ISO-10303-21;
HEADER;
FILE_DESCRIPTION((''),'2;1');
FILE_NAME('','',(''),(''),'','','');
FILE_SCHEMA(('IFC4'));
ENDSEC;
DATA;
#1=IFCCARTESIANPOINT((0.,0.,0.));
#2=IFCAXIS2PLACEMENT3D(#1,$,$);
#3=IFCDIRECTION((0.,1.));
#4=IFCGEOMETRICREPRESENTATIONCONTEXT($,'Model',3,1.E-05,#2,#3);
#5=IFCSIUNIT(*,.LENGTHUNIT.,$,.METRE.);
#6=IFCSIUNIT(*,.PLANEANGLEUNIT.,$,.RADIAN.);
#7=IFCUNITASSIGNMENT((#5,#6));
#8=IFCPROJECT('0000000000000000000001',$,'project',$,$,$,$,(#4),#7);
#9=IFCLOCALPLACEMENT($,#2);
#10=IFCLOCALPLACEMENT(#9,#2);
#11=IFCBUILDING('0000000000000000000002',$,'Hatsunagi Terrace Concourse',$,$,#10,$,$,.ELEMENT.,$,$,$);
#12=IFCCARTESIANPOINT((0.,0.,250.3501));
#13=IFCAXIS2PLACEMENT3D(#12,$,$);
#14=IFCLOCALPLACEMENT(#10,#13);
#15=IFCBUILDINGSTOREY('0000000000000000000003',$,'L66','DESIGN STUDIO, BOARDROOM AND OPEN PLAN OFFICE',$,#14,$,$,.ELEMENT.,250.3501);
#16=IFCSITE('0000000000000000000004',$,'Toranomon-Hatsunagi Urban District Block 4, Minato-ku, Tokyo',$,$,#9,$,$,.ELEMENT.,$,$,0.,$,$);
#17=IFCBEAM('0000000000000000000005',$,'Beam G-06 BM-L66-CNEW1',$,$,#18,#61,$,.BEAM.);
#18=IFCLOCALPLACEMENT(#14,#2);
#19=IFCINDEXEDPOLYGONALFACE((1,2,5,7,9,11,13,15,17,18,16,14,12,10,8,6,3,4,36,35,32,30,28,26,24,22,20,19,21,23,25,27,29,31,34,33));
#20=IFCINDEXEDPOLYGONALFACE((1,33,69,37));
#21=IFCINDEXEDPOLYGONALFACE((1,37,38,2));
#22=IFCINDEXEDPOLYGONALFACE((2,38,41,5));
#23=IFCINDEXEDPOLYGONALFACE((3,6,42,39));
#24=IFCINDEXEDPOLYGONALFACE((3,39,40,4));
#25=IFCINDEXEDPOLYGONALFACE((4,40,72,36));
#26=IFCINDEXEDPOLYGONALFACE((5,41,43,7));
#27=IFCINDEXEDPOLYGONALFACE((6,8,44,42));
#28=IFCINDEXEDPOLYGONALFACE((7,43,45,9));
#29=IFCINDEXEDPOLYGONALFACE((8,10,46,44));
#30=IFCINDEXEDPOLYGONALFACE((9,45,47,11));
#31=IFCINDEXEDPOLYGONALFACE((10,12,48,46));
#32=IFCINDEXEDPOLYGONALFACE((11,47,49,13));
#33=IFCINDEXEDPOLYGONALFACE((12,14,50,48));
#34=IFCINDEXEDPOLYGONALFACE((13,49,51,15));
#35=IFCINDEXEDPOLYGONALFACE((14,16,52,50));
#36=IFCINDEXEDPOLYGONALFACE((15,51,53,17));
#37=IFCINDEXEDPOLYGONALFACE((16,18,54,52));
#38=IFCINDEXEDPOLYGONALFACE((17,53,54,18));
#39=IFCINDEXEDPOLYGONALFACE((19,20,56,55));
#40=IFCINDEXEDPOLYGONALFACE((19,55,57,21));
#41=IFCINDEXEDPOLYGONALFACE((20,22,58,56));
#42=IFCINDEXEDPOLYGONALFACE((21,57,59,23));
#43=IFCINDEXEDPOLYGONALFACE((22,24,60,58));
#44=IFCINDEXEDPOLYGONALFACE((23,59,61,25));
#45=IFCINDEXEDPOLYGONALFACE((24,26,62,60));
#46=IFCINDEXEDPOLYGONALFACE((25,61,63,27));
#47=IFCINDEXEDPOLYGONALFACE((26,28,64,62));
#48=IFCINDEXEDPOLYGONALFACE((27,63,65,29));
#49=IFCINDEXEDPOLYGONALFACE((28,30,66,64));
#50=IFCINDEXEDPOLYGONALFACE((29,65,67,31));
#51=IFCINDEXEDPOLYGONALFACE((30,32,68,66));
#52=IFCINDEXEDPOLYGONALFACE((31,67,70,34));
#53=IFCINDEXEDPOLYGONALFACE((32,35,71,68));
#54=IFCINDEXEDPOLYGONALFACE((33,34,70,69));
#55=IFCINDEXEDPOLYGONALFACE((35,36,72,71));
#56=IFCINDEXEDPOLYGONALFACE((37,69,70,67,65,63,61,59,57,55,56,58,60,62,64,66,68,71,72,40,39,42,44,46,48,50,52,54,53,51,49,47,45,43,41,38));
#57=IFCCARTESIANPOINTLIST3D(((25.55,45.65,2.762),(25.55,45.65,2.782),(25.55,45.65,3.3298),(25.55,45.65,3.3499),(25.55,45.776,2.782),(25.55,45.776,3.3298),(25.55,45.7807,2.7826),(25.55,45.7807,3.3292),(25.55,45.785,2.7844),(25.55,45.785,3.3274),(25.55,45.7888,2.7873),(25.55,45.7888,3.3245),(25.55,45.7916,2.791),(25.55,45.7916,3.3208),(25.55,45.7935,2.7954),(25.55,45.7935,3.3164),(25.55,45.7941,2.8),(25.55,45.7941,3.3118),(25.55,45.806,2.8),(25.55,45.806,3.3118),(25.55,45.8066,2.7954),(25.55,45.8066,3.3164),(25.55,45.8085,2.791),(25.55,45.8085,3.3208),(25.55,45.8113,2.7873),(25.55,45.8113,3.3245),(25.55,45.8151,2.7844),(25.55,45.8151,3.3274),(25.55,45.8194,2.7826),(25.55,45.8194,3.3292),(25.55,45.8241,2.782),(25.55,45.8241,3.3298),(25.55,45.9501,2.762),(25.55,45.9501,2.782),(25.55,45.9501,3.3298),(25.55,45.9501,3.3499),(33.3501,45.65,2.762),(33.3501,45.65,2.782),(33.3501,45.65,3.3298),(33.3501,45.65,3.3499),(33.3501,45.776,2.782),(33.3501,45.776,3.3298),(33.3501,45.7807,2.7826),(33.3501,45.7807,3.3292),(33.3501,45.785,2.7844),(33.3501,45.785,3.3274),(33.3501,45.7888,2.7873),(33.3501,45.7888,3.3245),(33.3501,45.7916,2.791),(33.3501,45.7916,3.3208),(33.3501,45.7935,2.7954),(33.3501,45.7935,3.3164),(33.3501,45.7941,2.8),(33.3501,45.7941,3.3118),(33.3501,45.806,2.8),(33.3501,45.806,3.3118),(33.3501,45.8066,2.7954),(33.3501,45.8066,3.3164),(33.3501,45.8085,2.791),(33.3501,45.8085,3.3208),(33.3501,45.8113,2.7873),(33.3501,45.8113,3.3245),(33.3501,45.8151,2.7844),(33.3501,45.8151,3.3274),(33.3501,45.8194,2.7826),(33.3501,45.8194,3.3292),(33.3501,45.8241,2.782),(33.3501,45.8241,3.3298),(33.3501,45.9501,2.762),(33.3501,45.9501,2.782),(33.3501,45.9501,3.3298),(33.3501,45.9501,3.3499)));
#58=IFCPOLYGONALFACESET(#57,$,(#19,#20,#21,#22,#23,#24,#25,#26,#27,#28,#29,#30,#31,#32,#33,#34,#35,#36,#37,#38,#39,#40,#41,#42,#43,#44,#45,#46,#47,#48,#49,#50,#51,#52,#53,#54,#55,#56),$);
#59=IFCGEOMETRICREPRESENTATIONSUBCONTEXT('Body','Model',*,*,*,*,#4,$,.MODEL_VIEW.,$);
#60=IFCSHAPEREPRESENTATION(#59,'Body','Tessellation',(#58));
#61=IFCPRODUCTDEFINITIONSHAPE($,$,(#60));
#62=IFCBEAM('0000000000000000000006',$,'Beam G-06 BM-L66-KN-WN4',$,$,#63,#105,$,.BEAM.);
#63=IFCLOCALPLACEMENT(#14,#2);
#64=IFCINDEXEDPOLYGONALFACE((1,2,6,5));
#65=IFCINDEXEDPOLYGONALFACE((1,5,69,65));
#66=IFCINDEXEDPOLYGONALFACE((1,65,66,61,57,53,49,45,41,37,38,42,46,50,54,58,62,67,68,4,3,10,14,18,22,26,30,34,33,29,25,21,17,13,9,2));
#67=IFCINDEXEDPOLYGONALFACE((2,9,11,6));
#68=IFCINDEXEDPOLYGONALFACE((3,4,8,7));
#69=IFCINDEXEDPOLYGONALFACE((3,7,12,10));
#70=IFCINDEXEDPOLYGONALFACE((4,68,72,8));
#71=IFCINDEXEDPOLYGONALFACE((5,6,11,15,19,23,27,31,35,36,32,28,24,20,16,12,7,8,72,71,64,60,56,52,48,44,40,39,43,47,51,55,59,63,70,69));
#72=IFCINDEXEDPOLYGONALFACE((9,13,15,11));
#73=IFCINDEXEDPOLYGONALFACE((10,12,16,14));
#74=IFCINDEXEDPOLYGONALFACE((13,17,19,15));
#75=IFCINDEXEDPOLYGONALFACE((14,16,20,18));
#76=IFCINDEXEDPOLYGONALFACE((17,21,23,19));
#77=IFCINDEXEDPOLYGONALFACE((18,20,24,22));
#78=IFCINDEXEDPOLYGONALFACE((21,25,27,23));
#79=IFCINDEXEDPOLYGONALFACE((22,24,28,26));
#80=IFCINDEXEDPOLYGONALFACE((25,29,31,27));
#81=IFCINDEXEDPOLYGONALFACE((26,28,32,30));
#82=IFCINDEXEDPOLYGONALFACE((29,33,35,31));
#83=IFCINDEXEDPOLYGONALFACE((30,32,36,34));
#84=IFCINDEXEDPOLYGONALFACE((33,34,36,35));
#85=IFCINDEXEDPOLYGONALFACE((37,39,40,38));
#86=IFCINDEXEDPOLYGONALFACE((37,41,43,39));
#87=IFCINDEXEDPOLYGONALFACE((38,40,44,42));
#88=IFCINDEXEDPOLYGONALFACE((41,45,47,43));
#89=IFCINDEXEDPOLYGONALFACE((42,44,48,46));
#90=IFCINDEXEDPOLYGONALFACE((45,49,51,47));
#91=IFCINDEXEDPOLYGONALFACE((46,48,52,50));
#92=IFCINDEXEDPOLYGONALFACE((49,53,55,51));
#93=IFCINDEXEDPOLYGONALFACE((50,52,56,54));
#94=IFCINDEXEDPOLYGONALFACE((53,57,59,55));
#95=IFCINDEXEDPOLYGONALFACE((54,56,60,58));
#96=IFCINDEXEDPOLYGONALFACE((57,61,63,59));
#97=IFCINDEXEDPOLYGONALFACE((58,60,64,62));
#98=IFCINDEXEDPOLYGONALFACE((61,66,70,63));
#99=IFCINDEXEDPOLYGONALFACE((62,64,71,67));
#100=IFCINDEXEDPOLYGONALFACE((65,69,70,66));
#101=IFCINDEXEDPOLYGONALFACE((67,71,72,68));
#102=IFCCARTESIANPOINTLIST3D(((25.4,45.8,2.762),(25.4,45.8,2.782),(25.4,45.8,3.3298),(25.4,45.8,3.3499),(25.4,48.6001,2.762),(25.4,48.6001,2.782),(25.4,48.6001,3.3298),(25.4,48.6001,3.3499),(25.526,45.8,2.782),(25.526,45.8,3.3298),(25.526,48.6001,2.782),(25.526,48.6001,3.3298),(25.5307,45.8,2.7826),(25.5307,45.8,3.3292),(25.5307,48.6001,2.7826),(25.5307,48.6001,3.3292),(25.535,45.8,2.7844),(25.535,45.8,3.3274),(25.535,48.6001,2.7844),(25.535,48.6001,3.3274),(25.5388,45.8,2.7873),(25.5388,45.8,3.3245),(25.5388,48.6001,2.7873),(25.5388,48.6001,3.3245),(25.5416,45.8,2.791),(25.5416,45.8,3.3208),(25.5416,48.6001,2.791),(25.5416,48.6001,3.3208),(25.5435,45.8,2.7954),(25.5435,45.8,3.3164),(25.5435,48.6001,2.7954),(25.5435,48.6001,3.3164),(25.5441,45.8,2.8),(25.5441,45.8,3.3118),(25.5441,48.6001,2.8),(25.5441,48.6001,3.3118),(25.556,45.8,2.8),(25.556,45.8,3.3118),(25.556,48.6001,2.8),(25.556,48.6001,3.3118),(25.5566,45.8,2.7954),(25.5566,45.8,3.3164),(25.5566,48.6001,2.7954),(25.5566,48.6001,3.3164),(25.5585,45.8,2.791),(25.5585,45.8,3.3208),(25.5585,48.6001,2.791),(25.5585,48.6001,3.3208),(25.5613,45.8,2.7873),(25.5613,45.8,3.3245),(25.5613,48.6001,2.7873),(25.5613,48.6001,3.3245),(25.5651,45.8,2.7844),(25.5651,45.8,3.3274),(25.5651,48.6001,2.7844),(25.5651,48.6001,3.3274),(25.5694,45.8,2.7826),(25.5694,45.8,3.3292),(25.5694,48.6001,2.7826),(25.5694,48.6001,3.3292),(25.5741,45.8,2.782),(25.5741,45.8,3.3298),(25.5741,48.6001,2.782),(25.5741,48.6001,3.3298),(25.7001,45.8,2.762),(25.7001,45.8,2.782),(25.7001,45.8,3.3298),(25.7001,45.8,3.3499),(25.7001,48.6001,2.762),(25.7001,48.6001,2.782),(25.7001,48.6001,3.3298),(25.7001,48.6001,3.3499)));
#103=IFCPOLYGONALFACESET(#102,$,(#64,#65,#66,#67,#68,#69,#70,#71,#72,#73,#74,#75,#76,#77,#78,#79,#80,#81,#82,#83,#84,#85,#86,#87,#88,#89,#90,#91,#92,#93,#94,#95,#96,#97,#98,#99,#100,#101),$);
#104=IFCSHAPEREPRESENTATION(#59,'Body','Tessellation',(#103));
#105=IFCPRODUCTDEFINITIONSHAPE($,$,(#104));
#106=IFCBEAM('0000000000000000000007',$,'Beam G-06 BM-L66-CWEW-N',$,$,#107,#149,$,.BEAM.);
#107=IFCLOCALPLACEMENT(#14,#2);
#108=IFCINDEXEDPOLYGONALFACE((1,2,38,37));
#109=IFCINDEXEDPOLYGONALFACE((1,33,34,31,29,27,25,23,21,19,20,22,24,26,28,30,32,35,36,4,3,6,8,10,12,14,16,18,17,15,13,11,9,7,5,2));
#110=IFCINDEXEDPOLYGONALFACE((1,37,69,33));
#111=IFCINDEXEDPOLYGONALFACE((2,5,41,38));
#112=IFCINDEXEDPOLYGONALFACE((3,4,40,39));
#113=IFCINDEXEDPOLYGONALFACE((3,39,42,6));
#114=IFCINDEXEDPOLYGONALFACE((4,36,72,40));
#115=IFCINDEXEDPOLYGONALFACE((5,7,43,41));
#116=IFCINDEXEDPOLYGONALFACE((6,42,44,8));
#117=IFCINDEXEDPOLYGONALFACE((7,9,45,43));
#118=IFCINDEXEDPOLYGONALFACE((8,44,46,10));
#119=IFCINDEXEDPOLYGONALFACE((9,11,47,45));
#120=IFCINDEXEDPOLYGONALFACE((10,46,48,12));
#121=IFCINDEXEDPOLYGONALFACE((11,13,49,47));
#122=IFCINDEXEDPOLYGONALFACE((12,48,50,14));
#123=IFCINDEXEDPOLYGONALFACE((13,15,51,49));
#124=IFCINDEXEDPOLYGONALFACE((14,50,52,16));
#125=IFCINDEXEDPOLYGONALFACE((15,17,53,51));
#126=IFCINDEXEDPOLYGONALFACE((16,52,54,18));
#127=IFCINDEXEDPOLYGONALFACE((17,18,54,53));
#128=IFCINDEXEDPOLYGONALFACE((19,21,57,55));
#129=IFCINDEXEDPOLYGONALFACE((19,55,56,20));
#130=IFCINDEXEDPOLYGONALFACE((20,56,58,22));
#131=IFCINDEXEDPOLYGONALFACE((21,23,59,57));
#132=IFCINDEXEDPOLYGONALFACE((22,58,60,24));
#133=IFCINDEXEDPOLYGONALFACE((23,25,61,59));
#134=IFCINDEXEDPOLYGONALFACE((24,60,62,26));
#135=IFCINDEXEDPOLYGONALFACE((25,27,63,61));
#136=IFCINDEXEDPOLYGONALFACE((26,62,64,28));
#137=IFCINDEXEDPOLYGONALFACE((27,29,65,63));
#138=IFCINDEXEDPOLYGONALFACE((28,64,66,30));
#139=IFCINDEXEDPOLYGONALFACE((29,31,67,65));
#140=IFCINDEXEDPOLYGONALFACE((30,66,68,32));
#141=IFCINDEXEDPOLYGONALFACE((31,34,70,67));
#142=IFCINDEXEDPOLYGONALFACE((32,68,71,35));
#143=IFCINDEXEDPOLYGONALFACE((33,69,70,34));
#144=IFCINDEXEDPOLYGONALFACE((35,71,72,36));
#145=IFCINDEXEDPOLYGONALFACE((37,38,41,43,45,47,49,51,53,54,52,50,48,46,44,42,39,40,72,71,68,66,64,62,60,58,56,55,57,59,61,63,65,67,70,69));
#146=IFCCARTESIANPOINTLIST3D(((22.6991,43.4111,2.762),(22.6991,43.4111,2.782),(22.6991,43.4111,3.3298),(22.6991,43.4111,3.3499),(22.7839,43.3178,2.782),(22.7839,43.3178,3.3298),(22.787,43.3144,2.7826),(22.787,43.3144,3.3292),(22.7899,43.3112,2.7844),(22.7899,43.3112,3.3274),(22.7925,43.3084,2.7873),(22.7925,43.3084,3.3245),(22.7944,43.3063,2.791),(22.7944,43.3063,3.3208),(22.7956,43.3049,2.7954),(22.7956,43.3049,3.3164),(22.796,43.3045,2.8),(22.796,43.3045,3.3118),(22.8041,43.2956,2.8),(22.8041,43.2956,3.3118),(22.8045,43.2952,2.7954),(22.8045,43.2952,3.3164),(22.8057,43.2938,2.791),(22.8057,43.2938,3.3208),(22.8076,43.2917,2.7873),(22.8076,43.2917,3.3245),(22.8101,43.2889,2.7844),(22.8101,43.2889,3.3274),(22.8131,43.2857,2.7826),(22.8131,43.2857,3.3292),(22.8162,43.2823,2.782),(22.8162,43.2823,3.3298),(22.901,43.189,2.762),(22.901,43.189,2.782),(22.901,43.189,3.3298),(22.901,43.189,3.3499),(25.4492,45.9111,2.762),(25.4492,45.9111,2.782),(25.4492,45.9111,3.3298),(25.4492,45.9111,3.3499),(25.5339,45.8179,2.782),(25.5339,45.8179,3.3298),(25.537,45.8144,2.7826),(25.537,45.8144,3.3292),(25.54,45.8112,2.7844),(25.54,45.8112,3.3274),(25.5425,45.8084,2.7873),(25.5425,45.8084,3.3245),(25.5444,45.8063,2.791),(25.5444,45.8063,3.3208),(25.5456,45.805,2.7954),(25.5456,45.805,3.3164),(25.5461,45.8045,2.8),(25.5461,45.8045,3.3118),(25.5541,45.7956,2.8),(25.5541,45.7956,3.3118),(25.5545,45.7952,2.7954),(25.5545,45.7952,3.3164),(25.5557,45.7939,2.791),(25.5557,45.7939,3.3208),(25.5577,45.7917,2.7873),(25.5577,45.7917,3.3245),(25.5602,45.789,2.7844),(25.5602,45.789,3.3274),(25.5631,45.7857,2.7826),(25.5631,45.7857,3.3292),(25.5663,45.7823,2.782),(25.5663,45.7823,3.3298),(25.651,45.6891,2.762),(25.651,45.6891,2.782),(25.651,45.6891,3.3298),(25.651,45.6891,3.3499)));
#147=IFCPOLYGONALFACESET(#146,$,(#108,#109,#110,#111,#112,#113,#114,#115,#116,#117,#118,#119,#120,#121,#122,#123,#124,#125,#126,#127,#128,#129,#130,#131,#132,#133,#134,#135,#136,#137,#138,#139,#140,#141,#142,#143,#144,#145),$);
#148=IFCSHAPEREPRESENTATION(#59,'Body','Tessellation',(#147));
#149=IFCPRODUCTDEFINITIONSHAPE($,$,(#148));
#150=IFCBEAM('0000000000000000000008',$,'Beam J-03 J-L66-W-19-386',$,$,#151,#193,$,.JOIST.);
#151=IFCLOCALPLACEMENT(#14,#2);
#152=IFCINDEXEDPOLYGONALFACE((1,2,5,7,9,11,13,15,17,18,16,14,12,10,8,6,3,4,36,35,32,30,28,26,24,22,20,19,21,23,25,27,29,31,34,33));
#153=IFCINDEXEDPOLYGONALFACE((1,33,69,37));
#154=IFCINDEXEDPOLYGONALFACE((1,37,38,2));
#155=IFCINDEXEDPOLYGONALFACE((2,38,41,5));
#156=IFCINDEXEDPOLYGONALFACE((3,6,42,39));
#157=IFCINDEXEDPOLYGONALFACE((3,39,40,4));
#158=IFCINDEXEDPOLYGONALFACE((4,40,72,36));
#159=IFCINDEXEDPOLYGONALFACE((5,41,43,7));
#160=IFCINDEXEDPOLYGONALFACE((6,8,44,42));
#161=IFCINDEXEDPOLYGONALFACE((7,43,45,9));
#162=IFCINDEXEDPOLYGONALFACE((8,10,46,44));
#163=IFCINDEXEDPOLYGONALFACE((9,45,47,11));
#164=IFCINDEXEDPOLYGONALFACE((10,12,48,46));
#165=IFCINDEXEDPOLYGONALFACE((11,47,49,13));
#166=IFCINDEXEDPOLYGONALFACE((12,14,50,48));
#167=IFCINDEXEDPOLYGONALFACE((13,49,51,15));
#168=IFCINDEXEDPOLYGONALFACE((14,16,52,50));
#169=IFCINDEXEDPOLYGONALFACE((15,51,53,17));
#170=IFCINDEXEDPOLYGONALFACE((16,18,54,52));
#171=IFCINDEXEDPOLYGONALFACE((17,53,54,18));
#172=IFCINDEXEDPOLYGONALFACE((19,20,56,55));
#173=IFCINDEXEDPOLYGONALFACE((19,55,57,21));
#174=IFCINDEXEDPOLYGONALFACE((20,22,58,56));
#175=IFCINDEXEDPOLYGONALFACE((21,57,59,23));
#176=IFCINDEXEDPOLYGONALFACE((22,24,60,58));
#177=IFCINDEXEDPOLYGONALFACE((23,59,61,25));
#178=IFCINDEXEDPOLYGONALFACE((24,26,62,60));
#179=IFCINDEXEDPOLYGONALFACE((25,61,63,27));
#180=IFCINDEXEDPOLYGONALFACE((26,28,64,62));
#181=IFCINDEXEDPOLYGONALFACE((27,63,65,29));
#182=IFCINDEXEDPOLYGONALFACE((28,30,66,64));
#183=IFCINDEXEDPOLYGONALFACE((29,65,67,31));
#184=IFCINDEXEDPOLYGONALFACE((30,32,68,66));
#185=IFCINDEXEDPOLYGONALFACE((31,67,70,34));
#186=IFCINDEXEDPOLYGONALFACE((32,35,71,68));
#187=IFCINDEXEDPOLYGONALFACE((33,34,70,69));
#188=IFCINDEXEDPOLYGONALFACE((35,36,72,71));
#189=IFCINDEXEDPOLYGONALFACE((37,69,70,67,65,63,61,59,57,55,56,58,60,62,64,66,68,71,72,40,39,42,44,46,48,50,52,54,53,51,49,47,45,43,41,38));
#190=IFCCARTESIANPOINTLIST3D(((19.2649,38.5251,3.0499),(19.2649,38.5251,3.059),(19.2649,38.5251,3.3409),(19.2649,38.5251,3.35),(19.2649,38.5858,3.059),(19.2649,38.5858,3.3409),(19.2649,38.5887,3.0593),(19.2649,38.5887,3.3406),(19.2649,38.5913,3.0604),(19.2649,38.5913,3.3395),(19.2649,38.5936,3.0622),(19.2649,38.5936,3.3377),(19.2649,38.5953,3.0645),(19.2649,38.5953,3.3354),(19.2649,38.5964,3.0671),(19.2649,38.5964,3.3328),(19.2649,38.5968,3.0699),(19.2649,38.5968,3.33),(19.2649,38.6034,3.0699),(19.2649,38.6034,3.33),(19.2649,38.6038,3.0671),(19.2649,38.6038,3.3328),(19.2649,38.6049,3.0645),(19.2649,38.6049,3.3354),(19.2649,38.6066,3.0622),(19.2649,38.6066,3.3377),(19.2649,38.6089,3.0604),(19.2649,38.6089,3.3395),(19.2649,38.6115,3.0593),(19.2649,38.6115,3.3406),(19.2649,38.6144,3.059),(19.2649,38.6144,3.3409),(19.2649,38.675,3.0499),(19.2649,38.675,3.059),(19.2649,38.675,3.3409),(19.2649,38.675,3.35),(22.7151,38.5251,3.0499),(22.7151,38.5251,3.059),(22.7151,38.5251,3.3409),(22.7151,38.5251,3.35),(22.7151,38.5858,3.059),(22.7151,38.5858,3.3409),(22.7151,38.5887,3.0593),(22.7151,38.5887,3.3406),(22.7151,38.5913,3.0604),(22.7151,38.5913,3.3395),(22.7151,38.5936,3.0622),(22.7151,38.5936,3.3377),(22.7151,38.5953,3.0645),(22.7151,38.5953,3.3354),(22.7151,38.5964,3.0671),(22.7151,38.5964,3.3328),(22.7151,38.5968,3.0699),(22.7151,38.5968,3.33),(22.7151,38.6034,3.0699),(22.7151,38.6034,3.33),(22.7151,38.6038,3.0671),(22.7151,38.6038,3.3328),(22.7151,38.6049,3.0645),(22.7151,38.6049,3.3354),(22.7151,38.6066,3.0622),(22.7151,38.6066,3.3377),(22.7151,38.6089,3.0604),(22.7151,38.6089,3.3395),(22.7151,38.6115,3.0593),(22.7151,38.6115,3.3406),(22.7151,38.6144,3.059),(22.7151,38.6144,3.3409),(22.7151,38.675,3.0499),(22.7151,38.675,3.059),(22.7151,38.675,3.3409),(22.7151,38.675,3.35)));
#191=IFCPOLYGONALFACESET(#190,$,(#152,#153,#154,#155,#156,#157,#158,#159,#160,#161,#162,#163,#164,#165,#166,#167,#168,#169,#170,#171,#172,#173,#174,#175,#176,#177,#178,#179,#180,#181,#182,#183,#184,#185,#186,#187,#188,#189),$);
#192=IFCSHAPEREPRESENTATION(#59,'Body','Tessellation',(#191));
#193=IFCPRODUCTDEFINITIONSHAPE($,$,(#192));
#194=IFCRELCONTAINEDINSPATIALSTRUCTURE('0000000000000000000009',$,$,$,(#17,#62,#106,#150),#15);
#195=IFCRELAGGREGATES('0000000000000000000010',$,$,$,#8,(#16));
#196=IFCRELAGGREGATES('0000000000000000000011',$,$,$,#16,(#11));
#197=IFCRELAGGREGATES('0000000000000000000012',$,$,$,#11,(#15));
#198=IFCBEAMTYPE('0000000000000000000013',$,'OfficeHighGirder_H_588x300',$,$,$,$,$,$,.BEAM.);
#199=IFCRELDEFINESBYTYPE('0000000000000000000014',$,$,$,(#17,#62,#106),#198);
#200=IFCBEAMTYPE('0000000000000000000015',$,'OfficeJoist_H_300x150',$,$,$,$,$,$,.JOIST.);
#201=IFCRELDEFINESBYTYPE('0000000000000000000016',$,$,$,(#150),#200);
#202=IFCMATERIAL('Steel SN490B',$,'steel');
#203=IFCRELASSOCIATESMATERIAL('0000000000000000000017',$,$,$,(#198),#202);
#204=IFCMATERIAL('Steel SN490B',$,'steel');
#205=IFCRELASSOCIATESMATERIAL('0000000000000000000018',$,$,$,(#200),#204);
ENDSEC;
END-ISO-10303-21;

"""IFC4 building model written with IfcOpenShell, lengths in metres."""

from ifc_helpers import new_model, si_unit, direction, frame, origin, origin_2d, place, context, subcontext, project, spatial, i_section, extrude, material, material_profile, profile_set, type_object, element, save


model = new_model("IFC4")

# Units and contexts
model_context = context("Model", 3, precision=1e-05, world=origin(), true_north=direction((0.0, 1.0)))
body_context = subcontext(model_context, "Body", "Model", "MODEL_VIEW")
ifc_project = project(units=[si_unit("LENGTHUNIT", "METRE"), si_unit("PLANEANGLEUNIT", "RADIAN")], contexts=[model_context])

# Site, building, storey
site_placement = place(None, origin())
site = spatial("IfcSite", under=ifc_project, at=site_placement, Name="Toranomon-Hatsunagi Urban District Block 4, Minato-ku, Tokyo", CompositionType="ELEMENT", RefElevation=0.0)
building_placement = place(site_placement, origin())
building = spatial("IfcBuilding", under=site, at=building_placement, Name="Hatsunagi Terrace Concourse", CompositionType="ELEMENT")
storey_placement = place(building_placement, frame((0.0, 0.0, 250.3501)))
storey = spatial("IfcBuildingStorey", under=building, at=storey_placement, Name="L66", Description="DESIGN STUDIO, BOARDROOM AND OPEN PLAN OFFICE", CompositionType="ELEMENT", Elevation=250.3501)

# Beams
ifc_material_1 = material(Name="Steel SN490B", Category="steel")
ifc_material_profile_1 = material_profile(ifc_material_1, i_section(OverallWidth=0.3, OverallDepth=0.5879, WebThickness=0.012, FlangeThickness=0.02, FilletRadius=0.0181, at=origin_2d()), Name="H-588x300x12x20")
ifc_profile_set_1 = profile_set([ifc_material_profile_1], Name="Steel SN490B")
beam_type_1 = type_object("IfcBeamType", Name="OfficeHighGirder_H_588x300", PredefinedType="BEAM", material=ifc_profile_set_1)
beam_1_placement = place(storey_placement, frame((25.55, 45.8, 3.0559), z_axis=(1.0, 0.0, 0.0), x_axis=(0.0, 1.0, 0.0)))
element("IfcBeam", 1, at=beam_1_placement, inside=storey, type_object=beam_type_1, Name="Beam G-06 BM-L66-CNEW1", PredefinedType="BEAM", context=body_context, shape_type="SweptSolid", body=[
    extrude(i_section(OverallWidth=0.3, OverallDepth=0.5879, WebThickness=0.012, FlangeThickness=0.02, FilletRadius=0.0181, at=origin_2d()), origin(), (0.0, 0.0, 1.0), 7.8),
])
beam_2_placement = place(storey_placement, frame((25.55, 45.8, 3.0559), z_axis=(0.0, 1.0, 0.0), x_axis=(-1.0, 0.0, 0.0)))
element("IfcBeam", 2, at=beam_2_placement, inside=storey, type_object=beam_type_1, Name="Beam G-06 BM-L66-KN-WN4", PredefinedType="BEAM", context=body_context, shape_type="SweptSolid", body=[
    extrude(i_section(OverallWidth=0.3, OverallDepth=0.5879, WebThickness=0.012, FlangeThickness=0.02, FilletRadius=0.0181, at=origin_2d()), origin(), (0.0, 0.0, 1.0), 2.8),
])
beam_3_placement = place(storey_placement, frame((22.8, 43.3, 3.0559), z_axis=(0.73994, 0.672673, 0.0), x_axis=(-0.672673, 0.73994, 0.0)))
element("IfcBeam", 3, at=beam_3_placement, inside=storey, type_object=beam_type_1, Name="Beam G-06 BM-L66-CWEW-N", PredefinedType="BEAM", context=body_context, shape_type="SweptSolid", body=[
    extrude(i_section(OverallWidth=0.3, OverallDepth=0.5879, WebThickness=0.012, FlangeThickness=0.02, FilletRadius=0.0181, at=origin_2d()), origin(), (0.0, 0.0, 1.0), 3.7166),
])
ifc_material_2 = material(Name="Steel SN490B", Category="steel")
ifc_material_profile_2 = material_profile(ifc_material_2, i_section(OverallWidth=0.1499, OverallDepth=0.3, WebThickness=0.0066, FlangeThickness=0.009, FilletRadius=0.011, at=origin_2d()), Name="H-300x150x6.5x9")
ifc_profile_set_2 = profile_set([ifc_material_profile_2], Name="Steel SN490B")
beam_type_2 = type_object("IfcBeamType", Name="OfficeJoist_H_300x150", PredefinedType="JOIST", material=ifc_profile_set_2)
for number, where, z_axis, x_axis, name in (
    (4, (19.2649, 38.6001, 3.2), (1.0, 0.0, 0.0), (0.0, 1.0, 0.0), "Beam J-03 J-L66-W-19-386"),
):
    element("IfcBeam", number, at=place(storey_placement, frame(where, z_axis=z_axis, x_axis=x_axis)), inside=storey, type_object=beam_type_2, Name=name, PredefinedType="JOIST", context=body_context, shape_type="SweptSolid", body=[
        extrude(i_section(OverallWidth=0.1499, OverallDepth=0.3, WebThickness=0.0066, FlangeThickness=0.009, FilletRadius=0.011, at=origin_2d()), origin(), (0.0, 0.0, 1.0), 3.4502),
    ])

save(model, "model.ifc")
